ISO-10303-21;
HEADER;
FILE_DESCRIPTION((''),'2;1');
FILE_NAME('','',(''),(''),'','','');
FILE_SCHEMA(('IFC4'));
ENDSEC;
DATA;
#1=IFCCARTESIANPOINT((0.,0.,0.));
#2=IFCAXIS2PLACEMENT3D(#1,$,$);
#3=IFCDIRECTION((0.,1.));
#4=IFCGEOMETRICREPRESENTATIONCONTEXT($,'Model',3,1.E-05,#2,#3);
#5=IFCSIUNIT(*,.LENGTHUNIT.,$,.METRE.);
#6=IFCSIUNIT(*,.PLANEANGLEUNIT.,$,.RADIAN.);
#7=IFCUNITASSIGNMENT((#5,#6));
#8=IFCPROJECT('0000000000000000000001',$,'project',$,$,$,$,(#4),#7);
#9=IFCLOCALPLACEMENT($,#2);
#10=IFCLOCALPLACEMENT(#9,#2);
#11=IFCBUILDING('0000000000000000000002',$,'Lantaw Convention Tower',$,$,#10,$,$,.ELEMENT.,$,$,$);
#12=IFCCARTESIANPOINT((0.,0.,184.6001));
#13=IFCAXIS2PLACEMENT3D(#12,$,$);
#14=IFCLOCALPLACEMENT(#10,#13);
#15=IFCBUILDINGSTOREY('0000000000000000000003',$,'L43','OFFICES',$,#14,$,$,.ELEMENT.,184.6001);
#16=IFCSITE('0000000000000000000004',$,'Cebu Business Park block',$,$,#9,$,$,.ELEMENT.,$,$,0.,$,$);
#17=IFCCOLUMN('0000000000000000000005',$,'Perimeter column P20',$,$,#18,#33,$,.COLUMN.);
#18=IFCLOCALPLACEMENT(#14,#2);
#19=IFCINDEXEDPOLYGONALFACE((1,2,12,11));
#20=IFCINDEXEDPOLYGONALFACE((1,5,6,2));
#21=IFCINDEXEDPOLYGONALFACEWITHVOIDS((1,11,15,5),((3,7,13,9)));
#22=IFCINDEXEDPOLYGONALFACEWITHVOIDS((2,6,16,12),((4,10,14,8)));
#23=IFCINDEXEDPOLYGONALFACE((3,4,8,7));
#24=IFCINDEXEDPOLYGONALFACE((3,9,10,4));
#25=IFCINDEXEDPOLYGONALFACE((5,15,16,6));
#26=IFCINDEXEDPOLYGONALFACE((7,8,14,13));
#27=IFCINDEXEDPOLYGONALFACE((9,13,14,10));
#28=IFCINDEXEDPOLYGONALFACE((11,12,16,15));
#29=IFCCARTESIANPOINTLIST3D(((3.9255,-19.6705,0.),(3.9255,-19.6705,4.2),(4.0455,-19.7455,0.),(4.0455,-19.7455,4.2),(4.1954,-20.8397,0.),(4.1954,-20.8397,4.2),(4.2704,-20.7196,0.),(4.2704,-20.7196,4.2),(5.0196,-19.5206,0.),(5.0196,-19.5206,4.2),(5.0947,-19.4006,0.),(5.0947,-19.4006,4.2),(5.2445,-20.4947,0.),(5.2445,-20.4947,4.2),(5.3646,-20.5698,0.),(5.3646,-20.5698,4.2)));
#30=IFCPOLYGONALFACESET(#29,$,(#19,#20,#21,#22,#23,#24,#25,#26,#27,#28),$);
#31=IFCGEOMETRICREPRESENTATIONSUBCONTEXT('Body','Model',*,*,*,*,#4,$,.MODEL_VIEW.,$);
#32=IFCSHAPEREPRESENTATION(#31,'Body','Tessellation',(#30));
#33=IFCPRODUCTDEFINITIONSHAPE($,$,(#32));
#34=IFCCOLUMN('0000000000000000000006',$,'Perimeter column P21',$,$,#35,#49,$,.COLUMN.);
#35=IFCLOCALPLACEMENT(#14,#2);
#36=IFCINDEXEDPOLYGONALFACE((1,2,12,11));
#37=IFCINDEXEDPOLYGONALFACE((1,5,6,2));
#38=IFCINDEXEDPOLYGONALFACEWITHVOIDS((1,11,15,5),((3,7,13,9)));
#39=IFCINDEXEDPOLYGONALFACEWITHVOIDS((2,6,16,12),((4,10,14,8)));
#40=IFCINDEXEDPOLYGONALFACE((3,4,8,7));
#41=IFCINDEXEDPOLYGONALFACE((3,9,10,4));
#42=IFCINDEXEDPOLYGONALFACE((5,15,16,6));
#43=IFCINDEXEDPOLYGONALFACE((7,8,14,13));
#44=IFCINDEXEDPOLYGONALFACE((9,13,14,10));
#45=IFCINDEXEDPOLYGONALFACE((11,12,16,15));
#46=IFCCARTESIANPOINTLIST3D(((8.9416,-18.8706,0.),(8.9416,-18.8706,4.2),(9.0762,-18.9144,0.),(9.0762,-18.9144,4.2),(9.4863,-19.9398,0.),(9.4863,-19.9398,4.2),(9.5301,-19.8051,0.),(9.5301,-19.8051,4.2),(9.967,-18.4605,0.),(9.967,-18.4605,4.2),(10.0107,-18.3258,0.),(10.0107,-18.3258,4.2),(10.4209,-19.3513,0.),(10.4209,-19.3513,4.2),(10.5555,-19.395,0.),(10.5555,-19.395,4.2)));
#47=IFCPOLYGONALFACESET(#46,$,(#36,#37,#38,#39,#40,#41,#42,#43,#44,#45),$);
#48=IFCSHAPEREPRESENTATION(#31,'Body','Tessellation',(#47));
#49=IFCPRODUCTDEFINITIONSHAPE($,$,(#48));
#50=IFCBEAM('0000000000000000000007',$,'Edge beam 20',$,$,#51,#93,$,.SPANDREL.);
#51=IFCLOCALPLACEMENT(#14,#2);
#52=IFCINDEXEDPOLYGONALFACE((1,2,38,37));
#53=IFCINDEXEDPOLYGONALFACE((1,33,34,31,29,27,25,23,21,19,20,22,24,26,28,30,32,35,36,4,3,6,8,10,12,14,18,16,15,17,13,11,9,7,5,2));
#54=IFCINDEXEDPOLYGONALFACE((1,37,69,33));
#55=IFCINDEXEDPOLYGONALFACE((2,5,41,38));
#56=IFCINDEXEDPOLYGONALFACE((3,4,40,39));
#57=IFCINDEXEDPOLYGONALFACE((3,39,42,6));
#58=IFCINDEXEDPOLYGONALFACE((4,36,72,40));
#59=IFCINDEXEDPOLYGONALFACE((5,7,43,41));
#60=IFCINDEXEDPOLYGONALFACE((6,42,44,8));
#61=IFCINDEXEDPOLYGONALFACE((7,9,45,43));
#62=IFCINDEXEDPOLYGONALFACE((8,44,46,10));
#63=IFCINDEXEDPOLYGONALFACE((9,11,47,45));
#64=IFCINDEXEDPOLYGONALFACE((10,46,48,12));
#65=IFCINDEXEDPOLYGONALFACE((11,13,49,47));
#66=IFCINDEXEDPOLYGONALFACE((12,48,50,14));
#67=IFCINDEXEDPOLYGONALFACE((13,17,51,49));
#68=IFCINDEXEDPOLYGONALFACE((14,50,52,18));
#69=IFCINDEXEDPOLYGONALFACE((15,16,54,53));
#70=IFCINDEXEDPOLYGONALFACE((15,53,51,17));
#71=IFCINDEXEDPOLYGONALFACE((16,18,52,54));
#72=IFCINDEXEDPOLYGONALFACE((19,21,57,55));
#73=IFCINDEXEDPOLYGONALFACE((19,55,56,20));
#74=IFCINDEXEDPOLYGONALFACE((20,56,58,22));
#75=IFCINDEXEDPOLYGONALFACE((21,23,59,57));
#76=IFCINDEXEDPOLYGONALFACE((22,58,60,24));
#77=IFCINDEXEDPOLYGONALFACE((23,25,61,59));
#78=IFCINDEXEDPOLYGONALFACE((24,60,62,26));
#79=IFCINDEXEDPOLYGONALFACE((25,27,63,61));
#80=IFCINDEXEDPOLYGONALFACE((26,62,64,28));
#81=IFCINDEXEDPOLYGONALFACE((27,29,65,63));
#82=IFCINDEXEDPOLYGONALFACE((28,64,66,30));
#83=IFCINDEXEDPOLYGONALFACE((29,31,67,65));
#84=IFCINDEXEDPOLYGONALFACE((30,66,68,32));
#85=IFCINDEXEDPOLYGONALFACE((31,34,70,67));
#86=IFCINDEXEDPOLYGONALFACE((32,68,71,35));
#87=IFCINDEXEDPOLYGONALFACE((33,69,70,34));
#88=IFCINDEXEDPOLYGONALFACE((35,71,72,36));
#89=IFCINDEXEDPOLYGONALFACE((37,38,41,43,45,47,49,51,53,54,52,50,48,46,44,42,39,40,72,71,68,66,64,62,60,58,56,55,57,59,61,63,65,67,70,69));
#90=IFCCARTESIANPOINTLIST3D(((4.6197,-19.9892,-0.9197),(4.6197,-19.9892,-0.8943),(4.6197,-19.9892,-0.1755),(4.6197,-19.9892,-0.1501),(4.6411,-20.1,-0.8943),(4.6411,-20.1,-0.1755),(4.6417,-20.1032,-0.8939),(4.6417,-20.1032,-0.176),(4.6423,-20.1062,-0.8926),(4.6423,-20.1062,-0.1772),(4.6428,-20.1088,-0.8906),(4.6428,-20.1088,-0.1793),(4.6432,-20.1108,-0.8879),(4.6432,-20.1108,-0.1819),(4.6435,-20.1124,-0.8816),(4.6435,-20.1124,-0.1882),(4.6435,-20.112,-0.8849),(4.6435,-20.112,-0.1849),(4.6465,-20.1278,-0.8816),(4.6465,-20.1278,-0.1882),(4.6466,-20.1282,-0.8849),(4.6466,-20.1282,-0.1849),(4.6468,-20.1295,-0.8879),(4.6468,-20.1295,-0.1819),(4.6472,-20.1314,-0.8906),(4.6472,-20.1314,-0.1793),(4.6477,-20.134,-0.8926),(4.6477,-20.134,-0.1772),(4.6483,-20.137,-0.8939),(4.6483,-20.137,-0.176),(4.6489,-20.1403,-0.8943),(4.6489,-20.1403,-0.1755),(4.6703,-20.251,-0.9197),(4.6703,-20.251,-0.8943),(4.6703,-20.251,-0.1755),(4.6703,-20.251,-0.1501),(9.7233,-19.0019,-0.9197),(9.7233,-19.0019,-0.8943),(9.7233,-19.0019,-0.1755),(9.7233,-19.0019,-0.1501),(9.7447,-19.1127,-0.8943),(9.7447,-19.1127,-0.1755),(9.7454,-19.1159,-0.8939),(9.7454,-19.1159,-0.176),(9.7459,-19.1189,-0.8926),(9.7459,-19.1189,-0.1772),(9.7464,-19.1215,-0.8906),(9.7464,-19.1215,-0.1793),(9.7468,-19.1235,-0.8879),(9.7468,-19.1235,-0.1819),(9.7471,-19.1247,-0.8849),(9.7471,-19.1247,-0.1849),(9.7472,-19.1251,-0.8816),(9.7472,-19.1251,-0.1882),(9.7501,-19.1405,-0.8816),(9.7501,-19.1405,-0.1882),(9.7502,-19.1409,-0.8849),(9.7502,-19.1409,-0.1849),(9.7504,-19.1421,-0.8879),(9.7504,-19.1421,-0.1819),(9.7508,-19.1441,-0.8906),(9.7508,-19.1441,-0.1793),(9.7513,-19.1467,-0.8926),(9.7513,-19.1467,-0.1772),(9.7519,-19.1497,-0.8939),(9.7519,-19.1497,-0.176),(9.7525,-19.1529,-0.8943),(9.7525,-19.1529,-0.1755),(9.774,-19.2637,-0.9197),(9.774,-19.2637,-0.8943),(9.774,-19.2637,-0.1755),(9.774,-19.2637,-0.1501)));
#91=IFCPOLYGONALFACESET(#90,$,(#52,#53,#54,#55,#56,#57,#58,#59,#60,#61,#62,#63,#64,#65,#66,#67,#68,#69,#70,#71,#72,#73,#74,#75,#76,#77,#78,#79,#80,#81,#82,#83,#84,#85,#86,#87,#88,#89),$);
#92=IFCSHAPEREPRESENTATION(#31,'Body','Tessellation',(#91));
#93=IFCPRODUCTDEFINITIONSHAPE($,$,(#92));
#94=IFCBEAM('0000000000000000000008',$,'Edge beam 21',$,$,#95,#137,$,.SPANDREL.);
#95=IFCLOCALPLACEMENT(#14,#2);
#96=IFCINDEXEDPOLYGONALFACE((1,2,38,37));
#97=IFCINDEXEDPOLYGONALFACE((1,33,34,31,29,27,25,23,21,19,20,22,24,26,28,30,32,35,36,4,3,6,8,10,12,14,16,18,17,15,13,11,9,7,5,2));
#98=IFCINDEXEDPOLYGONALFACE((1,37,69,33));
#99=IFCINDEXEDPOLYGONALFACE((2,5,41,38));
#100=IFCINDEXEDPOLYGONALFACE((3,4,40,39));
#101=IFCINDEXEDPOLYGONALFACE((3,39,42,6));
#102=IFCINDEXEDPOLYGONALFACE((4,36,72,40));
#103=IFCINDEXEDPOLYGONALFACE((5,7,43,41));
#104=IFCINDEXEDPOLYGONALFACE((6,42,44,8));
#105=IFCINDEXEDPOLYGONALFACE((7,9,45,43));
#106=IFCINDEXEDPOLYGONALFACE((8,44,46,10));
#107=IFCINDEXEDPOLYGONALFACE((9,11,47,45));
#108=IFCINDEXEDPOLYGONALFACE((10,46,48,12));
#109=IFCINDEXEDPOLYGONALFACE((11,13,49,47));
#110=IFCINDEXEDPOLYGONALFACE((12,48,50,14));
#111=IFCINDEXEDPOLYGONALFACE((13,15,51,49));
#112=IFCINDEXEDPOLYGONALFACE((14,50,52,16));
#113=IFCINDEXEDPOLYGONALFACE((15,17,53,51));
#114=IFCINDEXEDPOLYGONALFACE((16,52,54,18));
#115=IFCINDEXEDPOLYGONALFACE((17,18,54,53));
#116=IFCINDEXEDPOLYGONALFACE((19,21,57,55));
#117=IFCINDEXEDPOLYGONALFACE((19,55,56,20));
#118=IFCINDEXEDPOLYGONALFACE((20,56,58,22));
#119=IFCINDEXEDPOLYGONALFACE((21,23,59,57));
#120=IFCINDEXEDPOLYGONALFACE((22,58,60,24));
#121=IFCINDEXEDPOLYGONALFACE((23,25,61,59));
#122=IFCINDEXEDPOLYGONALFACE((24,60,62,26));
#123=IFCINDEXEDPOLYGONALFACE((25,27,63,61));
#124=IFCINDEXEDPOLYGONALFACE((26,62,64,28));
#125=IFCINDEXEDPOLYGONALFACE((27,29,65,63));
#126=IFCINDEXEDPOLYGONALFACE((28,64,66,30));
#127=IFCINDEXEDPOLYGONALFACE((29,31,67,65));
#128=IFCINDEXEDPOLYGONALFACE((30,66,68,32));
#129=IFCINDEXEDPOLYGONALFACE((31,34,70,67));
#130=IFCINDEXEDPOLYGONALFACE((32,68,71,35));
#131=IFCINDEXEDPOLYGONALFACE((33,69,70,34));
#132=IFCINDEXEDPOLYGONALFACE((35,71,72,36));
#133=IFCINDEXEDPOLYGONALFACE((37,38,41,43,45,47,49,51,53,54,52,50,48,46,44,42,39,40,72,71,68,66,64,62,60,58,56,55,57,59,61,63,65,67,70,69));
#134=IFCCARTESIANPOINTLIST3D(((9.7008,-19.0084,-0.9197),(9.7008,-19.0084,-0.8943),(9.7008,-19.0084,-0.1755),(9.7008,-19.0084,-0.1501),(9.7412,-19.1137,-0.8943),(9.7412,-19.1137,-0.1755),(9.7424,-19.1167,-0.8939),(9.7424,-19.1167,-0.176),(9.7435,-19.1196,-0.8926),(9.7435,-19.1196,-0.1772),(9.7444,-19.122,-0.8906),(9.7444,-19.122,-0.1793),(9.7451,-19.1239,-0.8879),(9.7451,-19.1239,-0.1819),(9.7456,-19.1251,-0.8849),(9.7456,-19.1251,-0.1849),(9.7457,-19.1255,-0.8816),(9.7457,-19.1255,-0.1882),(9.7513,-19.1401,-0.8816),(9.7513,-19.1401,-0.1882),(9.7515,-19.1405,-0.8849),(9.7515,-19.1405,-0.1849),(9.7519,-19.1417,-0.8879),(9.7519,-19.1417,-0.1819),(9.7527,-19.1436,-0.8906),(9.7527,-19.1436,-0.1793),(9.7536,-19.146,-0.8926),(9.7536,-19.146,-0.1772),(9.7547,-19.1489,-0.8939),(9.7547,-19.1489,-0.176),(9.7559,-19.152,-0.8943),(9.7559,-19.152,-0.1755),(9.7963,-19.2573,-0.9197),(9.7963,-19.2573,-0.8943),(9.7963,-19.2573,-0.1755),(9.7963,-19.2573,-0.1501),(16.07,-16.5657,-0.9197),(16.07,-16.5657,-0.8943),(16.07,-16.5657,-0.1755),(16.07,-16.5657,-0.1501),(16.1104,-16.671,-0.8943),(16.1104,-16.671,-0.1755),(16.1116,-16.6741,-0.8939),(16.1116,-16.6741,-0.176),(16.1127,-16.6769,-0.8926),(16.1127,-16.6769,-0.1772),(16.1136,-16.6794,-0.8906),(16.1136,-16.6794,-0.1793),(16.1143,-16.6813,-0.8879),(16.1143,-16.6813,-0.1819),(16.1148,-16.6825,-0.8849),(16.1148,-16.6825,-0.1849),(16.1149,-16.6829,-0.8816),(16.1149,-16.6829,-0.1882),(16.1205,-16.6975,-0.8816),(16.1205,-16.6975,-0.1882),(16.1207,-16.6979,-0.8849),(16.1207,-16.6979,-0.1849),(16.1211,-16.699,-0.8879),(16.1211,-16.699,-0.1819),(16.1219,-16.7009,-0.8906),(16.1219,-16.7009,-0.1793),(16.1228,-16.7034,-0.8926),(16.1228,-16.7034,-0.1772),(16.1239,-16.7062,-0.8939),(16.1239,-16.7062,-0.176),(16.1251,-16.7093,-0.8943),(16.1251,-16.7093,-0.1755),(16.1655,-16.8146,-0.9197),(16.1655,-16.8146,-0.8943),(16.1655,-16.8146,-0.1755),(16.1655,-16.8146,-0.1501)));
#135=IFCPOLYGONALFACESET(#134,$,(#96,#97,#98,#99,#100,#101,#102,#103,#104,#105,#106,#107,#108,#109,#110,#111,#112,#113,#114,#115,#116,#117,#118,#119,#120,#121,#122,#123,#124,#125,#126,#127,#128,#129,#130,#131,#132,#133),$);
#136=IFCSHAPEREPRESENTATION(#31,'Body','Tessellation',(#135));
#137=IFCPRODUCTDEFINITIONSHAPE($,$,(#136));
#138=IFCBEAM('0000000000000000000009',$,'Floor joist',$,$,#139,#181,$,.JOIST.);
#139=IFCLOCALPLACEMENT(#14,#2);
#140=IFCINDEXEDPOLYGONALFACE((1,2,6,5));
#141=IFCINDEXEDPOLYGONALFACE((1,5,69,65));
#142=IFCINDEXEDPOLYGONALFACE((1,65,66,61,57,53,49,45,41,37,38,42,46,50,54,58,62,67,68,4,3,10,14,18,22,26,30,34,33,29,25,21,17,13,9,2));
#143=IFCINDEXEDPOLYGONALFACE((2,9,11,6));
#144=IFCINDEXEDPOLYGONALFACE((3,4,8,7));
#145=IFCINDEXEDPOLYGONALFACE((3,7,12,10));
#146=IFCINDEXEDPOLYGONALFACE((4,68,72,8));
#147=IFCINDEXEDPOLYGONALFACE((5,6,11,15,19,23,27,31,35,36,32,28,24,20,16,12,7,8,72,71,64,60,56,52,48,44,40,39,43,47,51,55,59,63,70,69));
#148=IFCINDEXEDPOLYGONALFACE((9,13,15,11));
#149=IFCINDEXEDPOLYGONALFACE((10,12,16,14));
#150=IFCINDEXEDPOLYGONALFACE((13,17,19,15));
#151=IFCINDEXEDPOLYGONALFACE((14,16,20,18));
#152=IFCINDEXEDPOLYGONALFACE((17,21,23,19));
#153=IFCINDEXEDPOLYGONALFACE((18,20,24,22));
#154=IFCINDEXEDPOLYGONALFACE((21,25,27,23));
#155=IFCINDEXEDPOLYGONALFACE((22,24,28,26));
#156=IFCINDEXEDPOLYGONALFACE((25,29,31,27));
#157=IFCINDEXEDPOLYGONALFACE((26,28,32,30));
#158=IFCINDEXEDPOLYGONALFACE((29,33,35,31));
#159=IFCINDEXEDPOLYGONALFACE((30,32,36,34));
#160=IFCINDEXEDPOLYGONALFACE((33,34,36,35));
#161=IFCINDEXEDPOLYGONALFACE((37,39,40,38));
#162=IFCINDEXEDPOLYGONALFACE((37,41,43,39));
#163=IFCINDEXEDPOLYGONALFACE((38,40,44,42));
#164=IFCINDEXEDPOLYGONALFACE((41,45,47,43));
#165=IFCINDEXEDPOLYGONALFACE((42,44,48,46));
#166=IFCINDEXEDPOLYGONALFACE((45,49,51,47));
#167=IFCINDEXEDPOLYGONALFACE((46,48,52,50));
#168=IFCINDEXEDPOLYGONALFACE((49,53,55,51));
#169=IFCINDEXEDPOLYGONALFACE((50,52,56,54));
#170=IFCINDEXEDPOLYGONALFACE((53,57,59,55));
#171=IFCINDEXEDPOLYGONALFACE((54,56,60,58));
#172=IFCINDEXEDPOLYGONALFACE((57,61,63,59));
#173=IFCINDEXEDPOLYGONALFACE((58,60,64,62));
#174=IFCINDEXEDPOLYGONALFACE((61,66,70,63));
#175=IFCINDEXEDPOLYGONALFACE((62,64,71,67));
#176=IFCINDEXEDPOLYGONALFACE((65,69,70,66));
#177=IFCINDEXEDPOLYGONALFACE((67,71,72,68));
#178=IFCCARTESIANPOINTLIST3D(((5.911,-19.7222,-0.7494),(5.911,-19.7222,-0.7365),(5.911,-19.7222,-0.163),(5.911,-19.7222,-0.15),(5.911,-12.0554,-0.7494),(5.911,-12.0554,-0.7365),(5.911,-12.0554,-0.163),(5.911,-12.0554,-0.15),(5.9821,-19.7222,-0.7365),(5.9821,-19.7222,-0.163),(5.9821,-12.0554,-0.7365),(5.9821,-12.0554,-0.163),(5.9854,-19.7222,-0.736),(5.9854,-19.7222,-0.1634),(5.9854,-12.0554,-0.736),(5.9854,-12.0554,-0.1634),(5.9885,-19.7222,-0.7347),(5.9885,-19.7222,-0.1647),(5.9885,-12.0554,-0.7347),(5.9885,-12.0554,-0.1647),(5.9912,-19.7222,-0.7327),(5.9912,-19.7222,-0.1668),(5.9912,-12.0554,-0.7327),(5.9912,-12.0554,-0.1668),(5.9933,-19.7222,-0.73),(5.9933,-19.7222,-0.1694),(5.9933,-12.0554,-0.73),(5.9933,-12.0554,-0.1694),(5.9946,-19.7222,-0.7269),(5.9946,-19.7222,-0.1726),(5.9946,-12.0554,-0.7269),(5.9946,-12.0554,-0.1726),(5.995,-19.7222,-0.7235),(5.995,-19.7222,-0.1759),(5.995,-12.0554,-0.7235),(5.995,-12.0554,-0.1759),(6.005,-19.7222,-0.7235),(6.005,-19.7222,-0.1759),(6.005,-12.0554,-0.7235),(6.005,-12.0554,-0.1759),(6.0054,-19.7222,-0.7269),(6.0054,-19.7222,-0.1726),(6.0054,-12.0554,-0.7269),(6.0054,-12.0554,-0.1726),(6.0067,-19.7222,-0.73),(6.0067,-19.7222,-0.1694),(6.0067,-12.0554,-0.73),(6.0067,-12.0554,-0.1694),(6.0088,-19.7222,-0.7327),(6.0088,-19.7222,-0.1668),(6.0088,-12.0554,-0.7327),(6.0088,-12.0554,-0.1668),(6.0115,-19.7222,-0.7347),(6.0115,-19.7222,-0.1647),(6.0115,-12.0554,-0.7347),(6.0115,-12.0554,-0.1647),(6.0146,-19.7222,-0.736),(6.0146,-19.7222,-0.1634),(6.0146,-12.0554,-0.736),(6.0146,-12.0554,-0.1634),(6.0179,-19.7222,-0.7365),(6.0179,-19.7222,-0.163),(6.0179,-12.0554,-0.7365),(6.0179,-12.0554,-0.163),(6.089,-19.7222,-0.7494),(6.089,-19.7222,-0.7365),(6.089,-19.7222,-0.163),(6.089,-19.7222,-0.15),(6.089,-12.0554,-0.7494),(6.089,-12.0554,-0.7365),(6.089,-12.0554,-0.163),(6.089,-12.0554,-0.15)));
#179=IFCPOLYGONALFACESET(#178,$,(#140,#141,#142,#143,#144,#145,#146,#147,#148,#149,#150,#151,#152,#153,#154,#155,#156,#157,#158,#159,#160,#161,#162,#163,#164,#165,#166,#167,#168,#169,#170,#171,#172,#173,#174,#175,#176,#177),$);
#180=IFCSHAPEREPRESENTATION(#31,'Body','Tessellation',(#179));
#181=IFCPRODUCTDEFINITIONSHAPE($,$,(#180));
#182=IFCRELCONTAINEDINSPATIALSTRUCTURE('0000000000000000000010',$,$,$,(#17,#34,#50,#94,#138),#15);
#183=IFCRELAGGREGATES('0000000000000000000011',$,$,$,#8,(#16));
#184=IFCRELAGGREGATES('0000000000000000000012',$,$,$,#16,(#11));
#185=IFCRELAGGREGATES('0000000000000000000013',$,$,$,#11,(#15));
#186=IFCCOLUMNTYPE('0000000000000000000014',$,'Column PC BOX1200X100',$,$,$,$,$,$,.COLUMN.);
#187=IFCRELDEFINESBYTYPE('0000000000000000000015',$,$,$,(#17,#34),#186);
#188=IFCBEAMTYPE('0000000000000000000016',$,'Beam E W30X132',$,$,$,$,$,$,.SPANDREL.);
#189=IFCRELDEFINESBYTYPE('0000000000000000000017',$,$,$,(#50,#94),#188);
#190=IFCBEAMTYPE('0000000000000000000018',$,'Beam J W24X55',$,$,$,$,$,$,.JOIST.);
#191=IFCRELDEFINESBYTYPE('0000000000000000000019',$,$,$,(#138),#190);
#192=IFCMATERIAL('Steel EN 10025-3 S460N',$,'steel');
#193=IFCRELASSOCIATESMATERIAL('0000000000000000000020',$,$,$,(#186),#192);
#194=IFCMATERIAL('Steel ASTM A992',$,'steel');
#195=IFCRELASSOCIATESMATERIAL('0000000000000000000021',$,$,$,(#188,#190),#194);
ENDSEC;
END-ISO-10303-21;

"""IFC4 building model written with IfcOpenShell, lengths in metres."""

from ifc_helpers import new_model, si_unit, direction, frame, origin, origin_2d, place, context, subcontext, project, spatial, rectangle, hollow_rectangle, i_section, extrude, material, material_profile, profile_set, type_object, element, save


model = new_model("IFC4")

# Units and contexts
model_context = context("Model", 3, precision=1e-05, world=origin(), true_north=direction((0.0, 1.0)))
body_context = subcontext(model_context, "Body", "Model", "MODEL_VIEW")
ifc_project = project(units=[si_unit("LENGTHUNIT", "METRE"), si_unit("PLANEANGLEUNIT", "RADIAN")], contexts=[model_context])

# Site, building, storey
site_placement = place(None, origin())
site = spatial("IfcSite", under=ifc_project, at=site_placement, Name="Cebu Business Park block", CompositionType="ELEMENT", RefElevation=0.0)
building_placement = place(site_placement, origin())
building = spatial("IfcBuilding", under=site, at=building_placement, Name="Lantaw Convention Tower", CompositionType="ELEMENT")
storey_placement = place(building_placement, frame((0.0, 0.0, 184.6001)))
storey = spatial("IfcBuildingStorey", under=building, at=storey_placement, Name="L43", Description="OFFICES", CompositionType="ELEMENT", Elevation=184.6001)

# Columns
ifc_material_1 = material(Name="Steel EN 10025-3 S460N", Category="steel")
ifc_material_profile_1 = material_profile(ifc_material_1, hollow_rectangle(XDim=1.2, YDim=1.2, WallThickness=0.1001, at=origin_2d()), Name="BOX1200X100")
ifc_material_2 = material(Name="Concrete C60/75", Category="concrete")
ifc_material_profile_2 = material_profile(ifc_material_2, rectangle(XDim=1.0, YDim=1.0, at=origin_2d()), Name="Concrete fill of BOX1200X100")
ifc_profile_set_1 = profile_set([ifc_material_profile_1, ifc_material_profile_2], Name="Steel EN 10025-3 S460N")
column_type = type_object("IfcColumnType", Name="Column PC BOX1200X100", PredefinedType="COLUMN", material=ifc_profile_set_1)
for number, where, z_axis, x_axis, name in (
    (1, (4.645, -20.1201, 0.0), (0.0, 0.0, 1.0), (0.97437, 0.224951, 0.0), "Perimeter column P20"),
    (2, (9.7485, -19.1328, 0.0), (0.0, 0.0, 1.0), (0.891007, 0.45399, 0.0), "Perimeter column P21"),
):
    element("IfcColumn", number, at=place(storey_placement, frame(where, z_axis=z_axis, x_axis=x_axis)), inside=storey, type_object=column_type, Name=name, PredefinedType="COLUMN", context=body_context, shape_type="SweptSolid", body=[
        extrude(hollow_rectangle(XDim=1.2, YDim=1.2, WallThickness=0.1001, at=origin_2d()), origin(), (0.0, 0.0, 1.0), 4.2),
    ])

# Beams
ifc_material_3 = material(Name="Steel ASTM A992", Category="steel")
ifc_material_profile_3 = material_profile(ifc_material_3, i_section(OverallWidth=0.2666, OverallDepth=0.7695, WebThickness=0.0156, FlangeThickness=0.0254, FilletRadius=0.0127, at=origin_2d()), Name="W30X132")
ifc_profile_set_2 = profile_set([ifc_material_profile_3], Name="Steel ASTM A992")
beam_type_1 = type_object("IfcBeamType", Name="Beam E W30X132", PredefinedType="SPANDREL", material=ifc_profile_set_2)
beam_1_placement = place(storey_placement, frame((4.645, -20.1201, -0.5349), z_axis=(0.981797, 0.189934, 0.0), x_axis=(-0.189934, 0.981797, 0.0)))
element("IfcBeam", 3, at=beam_1_placement, inside=storey, type_object=beam_type_1, Name="Edge beam 20", PredefinedType="SPANDREL", context=body_context, shape_type="SweptSolid", body=[
    extrude(i_section(OverallWidth=0.2666, OverallDepth=0.7695, WebThickness=0.0156, FlangeThickness=0.0254, FilletRadius=0.0127, at=origin_2d()), origin(), (0.0, 0.0, 1.0), 5.1982),
])
beam_2_placement = place(storey_placement, frame((9.7485, -19.1328, -0.5349), z_axis=(0.933691, 0.35808, 0.0), x_axis=(-0.35808, 0.933691, 0.0)))
element("IfcBeam", 4, at=beam_2_placement, inside=storey, type_object=beam_type_1, Name="Edge beam 21", PredefinedType="SPANDREL", context=body_context, shape_type="SweptSolid", body=[
    extrude(i_section(OverallWidth=0.2666, OverallDepth=0.7695, WebThickness=0.0156, FlangeThickness=0.0254, FilletRadius=0.0127, at=origin_2d()), origin(), (0.0, 0.0, 1.0), 6.8215),
])
ifc_material_profile_4 = material_profile(ifc_material_3, i_section(OverallWidth=0.178, OverallDepth=0.5994, WebThickness=0.01, FlangeThickness=0.0129, FilletRadius=0.0129, at=origin_2d()), Name="W24X55")
ifc_profile_set_3 = profile_set([ifc_material_profile_4], Name="Steel ASTM A992")
beam_type_2 = type_object("IfcBeamType", Name="Beam J W24X55", PredefinedType="JOIST", material=ifc_profile_set_3)
beam_3_placement = place(storey_placement, frame((6.0, -19.7222, -0.4497), z_axis=(0.0, 1.0, 0.0), x_axis=(-1.0, 0.0, 0.0)))
element("IfcBeam", 5, at=beam_3_placement, inside=storey, type_object=beam_type_2, Name="Floor joist", PredefinedType="JOIST", context=body_context, shape_type="SweptSolid", body=[
    extrude(i_section(OverallWidth=0.178, OverallDepth=0.5994, WebThickness=0.01, FlangeThickness=0.0129, FilletRadius=0.0129, at=origin_2d()), origin(), (0.0, 0.0, 1.0), 7.6667),
])

save(model, "model.ifc")
